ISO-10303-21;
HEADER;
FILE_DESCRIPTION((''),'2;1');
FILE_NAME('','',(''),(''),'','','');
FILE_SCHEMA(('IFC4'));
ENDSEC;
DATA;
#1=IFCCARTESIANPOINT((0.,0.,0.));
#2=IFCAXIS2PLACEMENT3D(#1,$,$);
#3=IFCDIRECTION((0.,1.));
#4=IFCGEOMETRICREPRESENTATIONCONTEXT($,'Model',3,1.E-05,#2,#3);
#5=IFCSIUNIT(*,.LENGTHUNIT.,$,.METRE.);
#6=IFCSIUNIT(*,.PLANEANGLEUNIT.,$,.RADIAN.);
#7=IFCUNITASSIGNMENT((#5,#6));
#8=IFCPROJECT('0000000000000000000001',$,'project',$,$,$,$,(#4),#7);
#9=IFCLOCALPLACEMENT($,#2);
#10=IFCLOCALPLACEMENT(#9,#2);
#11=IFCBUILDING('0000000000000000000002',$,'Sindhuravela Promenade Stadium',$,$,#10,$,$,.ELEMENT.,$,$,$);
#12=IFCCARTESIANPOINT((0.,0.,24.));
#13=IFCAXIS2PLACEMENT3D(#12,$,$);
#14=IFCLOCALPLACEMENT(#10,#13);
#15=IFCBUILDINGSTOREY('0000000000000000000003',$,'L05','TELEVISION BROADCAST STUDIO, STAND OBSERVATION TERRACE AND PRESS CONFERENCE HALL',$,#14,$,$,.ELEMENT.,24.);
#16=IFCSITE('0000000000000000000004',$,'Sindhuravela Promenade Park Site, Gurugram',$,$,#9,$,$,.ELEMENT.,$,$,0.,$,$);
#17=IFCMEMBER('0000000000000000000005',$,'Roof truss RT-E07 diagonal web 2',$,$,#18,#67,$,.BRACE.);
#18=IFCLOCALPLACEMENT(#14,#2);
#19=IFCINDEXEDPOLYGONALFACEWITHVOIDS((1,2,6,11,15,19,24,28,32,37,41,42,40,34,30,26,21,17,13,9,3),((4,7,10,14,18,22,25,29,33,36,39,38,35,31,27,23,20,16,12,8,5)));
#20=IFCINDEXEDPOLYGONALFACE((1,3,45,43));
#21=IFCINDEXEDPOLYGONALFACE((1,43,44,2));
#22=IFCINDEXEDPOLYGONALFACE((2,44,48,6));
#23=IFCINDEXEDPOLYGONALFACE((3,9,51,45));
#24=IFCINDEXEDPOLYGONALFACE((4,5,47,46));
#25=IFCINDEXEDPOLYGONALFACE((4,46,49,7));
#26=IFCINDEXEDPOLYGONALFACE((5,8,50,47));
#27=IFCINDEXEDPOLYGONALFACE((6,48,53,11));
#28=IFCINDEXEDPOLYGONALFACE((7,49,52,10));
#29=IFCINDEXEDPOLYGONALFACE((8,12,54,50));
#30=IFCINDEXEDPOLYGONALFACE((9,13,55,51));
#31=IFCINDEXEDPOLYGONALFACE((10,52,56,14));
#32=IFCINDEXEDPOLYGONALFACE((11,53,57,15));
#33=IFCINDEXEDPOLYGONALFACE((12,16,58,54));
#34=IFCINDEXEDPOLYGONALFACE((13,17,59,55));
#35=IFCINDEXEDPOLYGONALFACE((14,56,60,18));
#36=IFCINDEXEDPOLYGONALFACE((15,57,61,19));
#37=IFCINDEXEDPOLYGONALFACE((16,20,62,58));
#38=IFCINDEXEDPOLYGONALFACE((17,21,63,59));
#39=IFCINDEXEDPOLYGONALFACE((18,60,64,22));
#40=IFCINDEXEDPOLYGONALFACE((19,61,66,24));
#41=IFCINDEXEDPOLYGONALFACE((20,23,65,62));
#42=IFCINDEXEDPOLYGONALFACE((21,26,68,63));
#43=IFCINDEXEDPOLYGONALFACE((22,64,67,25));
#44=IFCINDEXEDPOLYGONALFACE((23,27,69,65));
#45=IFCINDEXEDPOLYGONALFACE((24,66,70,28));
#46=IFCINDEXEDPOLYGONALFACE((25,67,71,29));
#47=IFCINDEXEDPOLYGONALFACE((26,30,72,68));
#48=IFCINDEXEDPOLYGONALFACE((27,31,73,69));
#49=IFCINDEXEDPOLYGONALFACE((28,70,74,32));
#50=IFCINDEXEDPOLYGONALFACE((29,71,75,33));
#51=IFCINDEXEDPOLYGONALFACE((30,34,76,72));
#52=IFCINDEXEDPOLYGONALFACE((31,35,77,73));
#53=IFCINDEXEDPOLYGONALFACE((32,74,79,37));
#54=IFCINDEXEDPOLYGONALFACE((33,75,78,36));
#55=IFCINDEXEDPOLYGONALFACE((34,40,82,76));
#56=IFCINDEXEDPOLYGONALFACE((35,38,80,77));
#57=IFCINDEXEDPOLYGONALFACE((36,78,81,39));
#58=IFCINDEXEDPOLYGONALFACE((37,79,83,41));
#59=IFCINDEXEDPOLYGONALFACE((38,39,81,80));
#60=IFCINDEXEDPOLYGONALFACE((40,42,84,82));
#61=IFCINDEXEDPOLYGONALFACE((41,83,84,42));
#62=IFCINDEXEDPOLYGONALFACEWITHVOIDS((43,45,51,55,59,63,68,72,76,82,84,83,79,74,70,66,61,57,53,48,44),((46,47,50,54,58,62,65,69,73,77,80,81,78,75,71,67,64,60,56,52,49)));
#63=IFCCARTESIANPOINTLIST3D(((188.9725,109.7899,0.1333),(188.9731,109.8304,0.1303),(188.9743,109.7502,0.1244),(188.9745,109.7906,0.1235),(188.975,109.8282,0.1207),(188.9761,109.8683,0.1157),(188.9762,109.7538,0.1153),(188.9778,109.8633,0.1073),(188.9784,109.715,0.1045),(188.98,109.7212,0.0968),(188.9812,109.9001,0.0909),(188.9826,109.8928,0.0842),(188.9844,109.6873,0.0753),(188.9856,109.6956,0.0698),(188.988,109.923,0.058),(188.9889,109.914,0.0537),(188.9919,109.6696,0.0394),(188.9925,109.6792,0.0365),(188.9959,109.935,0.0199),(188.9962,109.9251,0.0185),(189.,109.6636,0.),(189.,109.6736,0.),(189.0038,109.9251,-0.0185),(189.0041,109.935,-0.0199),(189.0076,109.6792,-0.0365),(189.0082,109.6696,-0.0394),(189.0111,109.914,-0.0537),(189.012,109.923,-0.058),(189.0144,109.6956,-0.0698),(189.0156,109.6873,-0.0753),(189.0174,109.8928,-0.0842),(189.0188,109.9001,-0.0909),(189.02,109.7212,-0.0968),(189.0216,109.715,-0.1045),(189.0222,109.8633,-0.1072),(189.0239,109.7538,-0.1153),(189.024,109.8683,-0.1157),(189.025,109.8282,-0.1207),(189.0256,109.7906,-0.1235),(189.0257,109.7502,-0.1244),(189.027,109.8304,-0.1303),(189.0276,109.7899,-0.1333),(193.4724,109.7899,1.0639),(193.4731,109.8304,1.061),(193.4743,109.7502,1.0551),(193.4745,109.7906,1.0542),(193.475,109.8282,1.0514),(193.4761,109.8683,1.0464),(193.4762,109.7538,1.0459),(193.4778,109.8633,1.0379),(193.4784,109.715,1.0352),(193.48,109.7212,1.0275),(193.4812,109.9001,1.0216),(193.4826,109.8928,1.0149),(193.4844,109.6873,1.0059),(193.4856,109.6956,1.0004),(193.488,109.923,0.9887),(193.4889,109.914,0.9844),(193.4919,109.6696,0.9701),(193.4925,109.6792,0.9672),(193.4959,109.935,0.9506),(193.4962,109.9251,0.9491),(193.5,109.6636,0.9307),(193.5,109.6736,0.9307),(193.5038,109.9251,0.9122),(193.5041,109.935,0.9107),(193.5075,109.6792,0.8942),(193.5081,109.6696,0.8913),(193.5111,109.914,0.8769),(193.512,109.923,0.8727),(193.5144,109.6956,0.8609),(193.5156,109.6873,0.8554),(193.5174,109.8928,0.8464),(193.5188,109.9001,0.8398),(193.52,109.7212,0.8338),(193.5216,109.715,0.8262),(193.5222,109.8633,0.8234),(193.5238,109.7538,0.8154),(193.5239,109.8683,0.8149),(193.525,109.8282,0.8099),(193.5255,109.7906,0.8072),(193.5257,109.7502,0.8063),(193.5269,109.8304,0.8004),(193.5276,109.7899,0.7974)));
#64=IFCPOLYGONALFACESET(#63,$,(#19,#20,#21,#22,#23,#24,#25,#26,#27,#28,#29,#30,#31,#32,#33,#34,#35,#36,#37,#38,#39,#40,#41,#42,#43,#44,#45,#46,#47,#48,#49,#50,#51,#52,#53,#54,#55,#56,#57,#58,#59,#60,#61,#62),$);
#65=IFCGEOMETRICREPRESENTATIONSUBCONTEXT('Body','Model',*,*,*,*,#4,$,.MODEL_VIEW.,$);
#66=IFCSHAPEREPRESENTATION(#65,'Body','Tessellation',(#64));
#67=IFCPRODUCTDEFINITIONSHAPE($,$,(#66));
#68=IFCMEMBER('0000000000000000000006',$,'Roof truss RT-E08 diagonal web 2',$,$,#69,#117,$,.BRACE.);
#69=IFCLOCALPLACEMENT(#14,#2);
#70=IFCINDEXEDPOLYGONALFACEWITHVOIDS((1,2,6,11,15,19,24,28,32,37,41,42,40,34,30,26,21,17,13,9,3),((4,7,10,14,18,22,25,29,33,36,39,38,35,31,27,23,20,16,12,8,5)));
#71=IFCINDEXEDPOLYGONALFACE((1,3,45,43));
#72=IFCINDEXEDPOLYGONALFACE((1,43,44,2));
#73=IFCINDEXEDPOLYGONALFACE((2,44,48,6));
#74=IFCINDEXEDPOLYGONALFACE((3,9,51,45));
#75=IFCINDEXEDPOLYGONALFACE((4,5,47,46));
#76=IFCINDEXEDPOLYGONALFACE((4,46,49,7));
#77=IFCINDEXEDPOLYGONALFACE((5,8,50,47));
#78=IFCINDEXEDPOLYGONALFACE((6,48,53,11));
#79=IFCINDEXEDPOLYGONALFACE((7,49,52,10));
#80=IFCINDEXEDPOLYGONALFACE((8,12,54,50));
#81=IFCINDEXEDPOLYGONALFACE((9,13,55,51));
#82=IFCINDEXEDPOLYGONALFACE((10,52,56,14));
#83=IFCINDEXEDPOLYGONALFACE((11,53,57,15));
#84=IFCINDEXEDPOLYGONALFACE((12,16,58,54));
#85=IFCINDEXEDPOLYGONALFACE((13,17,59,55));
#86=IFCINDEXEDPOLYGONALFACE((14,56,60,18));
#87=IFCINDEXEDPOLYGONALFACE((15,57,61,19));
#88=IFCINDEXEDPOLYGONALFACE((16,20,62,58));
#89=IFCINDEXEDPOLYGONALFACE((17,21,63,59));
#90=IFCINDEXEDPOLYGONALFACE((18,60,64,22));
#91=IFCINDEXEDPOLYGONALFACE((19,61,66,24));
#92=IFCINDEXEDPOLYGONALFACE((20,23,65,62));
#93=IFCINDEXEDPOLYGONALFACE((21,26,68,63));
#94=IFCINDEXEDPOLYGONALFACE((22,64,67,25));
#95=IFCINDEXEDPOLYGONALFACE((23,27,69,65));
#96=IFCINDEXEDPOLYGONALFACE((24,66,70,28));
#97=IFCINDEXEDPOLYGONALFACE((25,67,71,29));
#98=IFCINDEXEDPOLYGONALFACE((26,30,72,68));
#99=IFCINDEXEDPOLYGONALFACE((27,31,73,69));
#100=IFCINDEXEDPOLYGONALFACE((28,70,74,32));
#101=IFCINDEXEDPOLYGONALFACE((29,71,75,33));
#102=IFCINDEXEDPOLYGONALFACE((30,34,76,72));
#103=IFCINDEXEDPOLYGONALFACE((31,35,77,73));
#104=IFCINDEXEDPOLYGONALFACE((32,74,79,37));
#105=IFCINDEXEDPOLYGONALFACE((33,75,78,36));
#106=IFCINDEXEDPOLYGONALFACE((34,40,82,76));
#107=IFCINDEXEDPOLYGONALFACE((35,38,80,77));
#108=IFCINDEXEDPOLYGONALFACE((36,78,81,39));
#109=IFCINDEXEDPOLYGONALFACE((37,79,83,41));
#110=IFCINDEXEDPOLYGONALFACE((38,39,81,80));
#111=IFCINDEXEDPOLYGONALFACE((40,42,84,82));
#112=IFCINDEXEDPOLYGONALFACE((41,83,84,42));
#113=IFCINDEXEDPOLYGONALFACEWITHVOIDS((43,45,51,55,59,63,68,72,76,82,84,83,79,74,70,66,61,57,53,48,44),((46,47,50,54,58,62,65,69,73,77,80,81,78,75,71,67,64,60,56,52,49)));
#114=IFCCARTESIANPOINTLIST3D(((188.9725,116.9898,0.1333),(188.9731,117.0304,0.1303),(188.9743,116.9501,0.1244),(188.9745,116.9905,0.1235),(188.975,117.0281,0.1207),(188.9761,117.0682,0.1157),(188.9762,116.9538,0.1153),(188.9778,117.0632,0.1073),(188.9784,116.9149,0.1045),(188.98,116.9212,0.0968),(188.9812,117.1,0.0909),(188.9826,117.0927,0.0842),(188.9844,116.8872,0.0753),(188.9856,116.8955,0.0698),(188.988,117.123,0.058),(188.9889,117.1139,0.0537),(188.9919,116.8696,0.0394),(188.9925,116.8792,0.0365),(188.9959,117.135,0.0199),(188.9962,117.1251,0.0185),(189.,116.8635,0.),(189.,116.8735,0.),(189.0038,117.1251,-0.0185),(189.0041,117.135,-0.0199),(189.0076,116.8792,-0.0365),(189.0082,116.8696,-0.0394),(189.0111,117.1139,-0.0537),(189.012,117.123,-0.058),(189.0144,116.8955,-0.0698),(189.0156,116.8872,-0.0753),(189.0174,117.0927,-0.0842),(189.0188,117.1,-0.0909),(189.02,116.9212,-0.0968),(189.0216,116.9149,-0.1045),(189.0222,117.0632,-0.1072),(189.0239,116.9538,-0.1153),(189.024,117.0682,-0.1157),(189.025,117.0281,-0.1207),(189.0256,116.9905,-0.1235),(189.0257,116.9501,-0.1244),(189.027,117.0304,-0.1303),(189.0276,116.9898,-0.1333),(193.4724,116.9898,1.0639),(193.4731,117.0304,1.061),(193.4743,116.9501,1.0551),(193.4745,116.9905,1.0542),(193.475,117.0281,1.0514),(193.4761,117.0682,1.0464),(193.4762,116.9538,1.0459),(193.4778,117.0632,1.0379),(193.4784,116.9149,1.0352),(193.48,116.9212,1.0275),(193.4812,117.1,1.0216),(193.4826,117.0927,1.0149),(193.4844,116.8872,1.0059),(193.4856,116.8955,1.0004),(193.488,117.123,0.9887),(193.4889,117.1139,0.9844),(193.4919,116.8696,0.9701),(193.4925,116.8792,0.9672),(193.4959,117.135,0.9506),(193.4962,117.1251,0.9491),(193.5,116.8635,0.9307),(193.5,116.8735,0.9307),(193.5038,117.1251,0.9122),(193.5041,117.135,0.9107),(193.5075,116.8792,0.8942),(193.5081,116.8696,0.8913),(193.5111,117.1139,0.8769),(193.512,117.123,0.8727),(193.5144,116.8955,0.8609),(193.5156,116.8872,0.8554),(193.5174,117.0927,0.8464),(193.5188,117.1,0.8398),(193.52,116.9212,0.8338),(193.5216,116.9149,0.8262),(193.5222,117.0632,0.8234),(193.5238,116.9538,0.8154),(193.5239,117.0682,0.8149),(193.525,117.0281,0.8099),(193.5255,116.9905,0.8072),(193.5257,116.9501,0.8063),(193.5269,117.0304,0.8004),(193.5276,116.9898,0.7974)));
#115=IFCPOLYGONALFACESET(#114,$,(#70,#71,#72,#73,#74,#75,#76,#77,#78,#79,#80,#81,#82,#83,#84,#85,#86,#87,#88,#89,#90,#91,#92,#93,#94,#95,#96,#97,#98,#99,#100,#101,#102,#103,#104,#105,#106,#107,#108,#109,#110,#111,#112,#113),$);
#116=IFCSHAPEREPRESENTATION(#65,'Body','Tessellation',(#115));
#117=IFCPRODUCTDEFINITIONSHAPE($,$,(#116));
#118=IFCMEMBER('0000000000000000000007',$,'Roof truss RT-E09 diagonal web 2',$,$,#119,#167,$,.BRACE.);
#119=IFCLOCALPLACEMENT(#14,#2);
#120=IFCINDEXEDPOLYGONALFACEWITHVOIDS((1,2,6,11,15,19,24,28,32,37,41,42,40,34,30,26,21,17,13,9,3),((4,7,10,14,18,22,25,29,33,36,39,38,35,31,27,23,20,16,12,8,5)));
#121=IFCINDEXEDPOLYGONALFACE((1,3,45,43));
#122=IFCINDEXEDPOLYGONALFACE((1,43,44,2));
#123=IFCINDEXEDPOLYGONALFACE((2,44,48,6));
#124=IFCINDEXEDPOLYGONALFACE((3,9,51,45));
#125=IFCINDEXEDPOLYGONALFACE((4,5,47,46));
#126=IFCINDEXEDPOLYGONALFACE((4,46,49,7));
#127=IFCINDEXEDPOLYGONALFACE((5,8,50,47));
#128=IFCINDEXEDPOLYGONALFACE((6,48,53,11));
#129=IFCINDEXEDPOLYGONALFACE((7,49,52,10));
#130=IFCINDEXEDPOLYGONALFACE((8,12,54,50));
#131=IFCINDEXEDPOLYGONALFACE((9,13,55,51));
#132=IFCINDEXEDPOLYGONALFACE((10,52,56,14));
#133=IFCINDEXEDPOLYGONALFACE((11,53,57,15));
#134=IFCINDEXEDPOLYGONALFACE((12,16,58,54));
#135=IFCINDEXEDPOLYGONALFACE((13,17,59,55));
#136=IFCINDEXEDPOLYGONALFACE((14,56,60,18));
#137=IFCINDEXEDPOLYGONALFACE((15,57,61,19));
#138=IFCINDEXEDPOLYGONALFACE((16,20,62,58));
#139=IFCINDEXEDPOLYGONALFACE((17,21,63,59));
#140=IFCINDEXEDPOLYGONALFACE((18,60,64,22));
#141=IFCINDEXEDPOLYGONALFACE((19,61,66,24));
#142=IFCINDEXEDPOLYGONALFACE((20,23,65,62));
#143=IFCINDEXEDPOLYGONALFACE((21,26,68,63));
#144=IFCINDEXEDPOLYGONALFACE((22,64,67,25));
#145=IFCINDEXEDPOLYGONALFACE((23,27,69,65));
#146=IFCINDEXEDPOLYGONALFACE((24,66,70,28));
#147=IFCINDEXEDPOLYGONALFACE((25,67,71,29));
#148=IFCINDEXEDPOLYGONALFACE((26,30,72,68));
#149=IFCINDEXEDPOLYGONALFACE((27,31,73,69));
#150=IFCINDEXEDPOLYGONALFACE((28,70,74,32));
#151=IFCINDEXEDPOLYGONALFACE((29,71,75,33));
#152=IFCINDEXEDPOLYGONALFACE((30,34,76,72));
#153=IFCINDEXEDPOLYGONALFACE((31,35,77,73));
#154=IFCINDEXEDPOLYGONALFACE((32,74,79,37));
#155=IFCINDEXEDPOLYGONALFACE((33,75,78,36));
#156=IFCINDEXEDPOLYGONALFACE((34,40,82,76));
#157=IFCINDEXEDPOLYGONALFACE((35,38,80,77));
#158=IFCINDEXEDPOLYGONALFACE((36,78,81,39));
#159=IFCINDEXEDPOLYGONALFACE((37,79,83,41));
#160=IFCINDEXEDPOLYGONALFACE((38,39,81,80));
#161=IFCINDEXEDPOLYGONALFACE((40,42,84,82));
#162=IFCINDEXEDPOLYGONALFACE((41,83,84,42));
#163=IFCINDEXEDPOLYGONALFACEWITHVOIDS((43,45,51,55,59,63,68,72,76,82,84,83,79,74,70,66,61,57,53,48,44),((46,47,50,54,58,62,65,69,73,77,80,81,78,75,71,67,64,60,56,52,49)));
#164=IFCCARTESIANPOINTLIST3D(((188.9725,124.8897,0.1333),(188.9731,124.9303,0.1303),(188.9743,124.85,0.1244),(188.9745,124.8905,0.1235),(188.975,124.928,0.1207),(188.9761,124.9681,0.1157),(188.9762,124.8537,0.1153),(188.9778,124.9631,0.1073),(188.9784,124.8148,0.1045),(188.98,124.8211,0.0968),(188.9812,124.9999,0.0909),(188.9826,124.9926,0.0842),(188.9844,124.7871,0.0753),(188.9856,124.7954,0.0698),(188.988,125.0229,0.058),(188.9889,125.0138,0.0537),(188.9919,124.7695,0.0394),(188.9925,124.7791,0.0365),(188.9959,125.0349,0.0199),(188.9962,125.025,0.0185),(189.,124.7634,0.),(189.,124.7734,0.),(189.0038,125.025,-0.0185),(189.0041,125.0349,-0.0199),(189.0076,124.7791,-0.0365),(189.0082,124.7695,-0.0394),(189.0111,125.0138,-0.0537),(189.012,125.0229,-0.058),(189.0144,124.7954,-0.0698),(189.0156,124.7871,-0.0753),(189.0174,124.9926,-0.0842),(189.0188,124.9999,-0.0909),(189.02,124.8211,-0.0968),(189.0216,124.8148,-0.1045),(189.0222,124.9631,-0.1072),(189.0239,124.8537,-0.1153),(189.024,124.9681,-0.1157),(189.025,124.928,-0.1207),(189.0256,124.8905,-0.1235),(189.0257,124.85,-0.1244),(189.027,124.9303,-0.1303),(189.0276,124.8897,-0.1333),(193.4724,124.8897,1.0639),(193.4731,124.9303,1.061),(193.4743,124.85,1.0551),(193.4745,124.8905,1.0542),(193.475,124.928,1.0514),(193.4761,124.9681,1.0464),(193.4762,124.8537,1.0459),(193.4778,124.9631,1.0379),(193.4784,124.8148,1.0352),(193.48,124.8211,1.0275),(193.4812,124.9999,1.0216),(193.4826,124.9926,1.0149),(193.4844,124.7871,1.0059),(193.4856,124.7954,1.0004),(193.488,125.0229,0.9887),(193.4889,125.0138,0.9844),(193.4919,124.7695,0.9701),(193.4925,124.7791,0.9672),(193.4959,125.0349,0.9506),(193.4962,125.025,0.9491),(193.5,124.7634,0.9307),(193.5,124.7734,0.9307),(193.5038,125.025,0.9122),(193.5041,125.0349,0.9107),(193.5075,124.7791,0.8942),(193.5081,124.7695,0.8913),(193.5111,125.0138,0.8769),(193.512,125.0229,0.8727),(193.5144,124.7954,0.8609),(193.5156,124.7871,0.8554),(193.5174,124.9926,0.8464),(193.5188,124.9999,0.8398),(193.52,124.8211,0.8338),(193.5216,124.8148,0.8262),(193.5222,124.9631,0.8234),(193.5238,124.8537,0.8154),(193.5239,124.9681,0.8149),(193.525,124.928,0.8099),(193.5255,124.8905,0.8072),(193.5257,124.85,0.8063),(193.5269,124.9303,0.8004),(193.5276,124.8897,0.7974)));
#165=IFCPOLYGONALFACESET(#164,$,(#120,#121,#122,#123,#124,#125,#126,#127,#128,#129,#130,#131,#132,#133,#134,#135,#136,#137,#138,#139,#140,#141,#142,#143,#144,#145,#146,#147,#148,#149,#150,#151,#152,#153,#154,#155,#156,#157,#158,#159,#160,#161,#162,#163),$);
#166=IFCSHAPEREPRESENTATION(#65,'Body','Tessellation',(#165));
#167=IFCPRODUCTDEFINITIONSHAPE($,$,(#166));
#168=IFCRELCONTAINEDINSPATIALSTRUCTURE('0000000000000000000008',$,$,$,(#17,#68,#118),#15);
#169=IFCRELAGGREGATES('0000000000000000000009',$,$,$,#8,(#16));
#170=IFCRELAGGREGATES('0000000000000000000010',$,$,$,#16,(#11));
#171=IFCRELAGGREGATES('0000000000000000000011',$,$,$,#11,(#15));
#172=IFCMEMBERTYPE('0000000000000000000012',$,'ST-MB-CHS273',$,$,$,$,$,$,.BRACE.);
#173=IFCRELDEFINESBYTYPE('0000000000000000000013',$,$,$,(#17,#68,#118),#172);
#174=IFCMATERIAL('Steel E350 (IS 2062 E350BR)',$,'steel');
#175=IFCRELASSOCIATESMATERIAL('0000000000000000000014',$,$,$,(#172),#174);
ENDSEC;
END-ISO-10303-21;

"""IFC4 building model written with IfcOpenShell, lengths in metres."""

from ifc_helpers import new_model, si_unit, direction, frame, origin, origin_2d, place, context, subcontext, project, spatial, hollow_circle, extrude, material, material_profile, profile_set, type_object, element, save


model = new_model("IFC4")

# Units and contexts
model_context = context("Model", 3, precision=1e-05, world=origin(), true_north=direction((0.0, 1.0)))
body_context = subcontext(model_context, "Body", "Model", "MODEL_VIEW")
ifc_project = project(units=[si_unit("LENGTHUNIT", "METRE"), si_unit("PLANEANGLEUNIT", "RADIAN")], contexts=[model_context])

# Site, building, storey
site_placement = place(None, origin())
site = spatial("IfcSite", under=ifc_project, at=site_placement, Name="Sindhuravela Promenade Park Site, Gurugram", CompositionType="ELEMENT", RefElevation=0.0)
building_placement = place(site_placement, origin())
building = spatial("IfcBuilding", under=site, at=building_placement, Name="Sindhuravela Promenade Stadium", CompositionType="ELEMENT")
storey_placement = place(building_placement, frame((0.0, 0.0, 24.0)))
storey = spatial("IfcBuildingStorey", under=building, at=storey_placement, Name="L05", Description="TELEVISION BROADCAST STUDIO, STAND OBSERVATION TERRACE AND PRESS CONFERENCE HALL", CompositionType="ELEMENT", Elevation=24.0)

# Shared definitions
ifc_material_1 = material(Name="Steel E350 (IS 2062 E350BR)", Category="steel")

# Members
ifc_material_profile_1 = material_profile(ifc_material_1, hollow_circle(Radius=0.1365, WallThickness=0.01, at=origin_2d()), Name="CHS 273.0x10")
ifc_profile_set_1 = profile_set([ifc_material_profile_1], Name="Steel E350 (IS 2062 E350BR)")
member_type_1 = type_object("IfcMemberType", Name="ST-MB-CHS273", PredefinedType="BRACE", material=ifc_profile_set_1)
for number, where, z_axis, x_axis, name in (
    (1, (193.5, 109.8, 0.9307), (-0.979276, 0.0, -0.202528), (0.0, -1.0, 0.0), "Roof truss RT-E07 diagonal web 2"),
    (2, (193.5, 117.0, 0.9307), (-0.979276, 0.0, -0.202528), (0.0, -1.0, 0.0), "Roof truss RT-E08 diagonal web 2"),
    (3, (193.5, 124.8999, 0.9307), (-0.979276, 0.0, -0.202528), (0.0, -1.0, 0.0), "Roof truss RT-E09 diagonal web 2"),
):
    element("IfcMember", number, at=place(storey_placement, frame(where, z_axis=z_axis, x_axis=x_axis)), inside=storey, type_object=member_type_1, Name=name, PredefinedType="BRACE", context=body_context, shape_type="SweptSolid", body=[
        extrude(hollow_circle(Radius=0.1365, WallThickness=0.01, at=origin_2d()), origin(), (0.0, 0.0, 1.0), 4.5952),
    ])

save(model, "model.ifc")
